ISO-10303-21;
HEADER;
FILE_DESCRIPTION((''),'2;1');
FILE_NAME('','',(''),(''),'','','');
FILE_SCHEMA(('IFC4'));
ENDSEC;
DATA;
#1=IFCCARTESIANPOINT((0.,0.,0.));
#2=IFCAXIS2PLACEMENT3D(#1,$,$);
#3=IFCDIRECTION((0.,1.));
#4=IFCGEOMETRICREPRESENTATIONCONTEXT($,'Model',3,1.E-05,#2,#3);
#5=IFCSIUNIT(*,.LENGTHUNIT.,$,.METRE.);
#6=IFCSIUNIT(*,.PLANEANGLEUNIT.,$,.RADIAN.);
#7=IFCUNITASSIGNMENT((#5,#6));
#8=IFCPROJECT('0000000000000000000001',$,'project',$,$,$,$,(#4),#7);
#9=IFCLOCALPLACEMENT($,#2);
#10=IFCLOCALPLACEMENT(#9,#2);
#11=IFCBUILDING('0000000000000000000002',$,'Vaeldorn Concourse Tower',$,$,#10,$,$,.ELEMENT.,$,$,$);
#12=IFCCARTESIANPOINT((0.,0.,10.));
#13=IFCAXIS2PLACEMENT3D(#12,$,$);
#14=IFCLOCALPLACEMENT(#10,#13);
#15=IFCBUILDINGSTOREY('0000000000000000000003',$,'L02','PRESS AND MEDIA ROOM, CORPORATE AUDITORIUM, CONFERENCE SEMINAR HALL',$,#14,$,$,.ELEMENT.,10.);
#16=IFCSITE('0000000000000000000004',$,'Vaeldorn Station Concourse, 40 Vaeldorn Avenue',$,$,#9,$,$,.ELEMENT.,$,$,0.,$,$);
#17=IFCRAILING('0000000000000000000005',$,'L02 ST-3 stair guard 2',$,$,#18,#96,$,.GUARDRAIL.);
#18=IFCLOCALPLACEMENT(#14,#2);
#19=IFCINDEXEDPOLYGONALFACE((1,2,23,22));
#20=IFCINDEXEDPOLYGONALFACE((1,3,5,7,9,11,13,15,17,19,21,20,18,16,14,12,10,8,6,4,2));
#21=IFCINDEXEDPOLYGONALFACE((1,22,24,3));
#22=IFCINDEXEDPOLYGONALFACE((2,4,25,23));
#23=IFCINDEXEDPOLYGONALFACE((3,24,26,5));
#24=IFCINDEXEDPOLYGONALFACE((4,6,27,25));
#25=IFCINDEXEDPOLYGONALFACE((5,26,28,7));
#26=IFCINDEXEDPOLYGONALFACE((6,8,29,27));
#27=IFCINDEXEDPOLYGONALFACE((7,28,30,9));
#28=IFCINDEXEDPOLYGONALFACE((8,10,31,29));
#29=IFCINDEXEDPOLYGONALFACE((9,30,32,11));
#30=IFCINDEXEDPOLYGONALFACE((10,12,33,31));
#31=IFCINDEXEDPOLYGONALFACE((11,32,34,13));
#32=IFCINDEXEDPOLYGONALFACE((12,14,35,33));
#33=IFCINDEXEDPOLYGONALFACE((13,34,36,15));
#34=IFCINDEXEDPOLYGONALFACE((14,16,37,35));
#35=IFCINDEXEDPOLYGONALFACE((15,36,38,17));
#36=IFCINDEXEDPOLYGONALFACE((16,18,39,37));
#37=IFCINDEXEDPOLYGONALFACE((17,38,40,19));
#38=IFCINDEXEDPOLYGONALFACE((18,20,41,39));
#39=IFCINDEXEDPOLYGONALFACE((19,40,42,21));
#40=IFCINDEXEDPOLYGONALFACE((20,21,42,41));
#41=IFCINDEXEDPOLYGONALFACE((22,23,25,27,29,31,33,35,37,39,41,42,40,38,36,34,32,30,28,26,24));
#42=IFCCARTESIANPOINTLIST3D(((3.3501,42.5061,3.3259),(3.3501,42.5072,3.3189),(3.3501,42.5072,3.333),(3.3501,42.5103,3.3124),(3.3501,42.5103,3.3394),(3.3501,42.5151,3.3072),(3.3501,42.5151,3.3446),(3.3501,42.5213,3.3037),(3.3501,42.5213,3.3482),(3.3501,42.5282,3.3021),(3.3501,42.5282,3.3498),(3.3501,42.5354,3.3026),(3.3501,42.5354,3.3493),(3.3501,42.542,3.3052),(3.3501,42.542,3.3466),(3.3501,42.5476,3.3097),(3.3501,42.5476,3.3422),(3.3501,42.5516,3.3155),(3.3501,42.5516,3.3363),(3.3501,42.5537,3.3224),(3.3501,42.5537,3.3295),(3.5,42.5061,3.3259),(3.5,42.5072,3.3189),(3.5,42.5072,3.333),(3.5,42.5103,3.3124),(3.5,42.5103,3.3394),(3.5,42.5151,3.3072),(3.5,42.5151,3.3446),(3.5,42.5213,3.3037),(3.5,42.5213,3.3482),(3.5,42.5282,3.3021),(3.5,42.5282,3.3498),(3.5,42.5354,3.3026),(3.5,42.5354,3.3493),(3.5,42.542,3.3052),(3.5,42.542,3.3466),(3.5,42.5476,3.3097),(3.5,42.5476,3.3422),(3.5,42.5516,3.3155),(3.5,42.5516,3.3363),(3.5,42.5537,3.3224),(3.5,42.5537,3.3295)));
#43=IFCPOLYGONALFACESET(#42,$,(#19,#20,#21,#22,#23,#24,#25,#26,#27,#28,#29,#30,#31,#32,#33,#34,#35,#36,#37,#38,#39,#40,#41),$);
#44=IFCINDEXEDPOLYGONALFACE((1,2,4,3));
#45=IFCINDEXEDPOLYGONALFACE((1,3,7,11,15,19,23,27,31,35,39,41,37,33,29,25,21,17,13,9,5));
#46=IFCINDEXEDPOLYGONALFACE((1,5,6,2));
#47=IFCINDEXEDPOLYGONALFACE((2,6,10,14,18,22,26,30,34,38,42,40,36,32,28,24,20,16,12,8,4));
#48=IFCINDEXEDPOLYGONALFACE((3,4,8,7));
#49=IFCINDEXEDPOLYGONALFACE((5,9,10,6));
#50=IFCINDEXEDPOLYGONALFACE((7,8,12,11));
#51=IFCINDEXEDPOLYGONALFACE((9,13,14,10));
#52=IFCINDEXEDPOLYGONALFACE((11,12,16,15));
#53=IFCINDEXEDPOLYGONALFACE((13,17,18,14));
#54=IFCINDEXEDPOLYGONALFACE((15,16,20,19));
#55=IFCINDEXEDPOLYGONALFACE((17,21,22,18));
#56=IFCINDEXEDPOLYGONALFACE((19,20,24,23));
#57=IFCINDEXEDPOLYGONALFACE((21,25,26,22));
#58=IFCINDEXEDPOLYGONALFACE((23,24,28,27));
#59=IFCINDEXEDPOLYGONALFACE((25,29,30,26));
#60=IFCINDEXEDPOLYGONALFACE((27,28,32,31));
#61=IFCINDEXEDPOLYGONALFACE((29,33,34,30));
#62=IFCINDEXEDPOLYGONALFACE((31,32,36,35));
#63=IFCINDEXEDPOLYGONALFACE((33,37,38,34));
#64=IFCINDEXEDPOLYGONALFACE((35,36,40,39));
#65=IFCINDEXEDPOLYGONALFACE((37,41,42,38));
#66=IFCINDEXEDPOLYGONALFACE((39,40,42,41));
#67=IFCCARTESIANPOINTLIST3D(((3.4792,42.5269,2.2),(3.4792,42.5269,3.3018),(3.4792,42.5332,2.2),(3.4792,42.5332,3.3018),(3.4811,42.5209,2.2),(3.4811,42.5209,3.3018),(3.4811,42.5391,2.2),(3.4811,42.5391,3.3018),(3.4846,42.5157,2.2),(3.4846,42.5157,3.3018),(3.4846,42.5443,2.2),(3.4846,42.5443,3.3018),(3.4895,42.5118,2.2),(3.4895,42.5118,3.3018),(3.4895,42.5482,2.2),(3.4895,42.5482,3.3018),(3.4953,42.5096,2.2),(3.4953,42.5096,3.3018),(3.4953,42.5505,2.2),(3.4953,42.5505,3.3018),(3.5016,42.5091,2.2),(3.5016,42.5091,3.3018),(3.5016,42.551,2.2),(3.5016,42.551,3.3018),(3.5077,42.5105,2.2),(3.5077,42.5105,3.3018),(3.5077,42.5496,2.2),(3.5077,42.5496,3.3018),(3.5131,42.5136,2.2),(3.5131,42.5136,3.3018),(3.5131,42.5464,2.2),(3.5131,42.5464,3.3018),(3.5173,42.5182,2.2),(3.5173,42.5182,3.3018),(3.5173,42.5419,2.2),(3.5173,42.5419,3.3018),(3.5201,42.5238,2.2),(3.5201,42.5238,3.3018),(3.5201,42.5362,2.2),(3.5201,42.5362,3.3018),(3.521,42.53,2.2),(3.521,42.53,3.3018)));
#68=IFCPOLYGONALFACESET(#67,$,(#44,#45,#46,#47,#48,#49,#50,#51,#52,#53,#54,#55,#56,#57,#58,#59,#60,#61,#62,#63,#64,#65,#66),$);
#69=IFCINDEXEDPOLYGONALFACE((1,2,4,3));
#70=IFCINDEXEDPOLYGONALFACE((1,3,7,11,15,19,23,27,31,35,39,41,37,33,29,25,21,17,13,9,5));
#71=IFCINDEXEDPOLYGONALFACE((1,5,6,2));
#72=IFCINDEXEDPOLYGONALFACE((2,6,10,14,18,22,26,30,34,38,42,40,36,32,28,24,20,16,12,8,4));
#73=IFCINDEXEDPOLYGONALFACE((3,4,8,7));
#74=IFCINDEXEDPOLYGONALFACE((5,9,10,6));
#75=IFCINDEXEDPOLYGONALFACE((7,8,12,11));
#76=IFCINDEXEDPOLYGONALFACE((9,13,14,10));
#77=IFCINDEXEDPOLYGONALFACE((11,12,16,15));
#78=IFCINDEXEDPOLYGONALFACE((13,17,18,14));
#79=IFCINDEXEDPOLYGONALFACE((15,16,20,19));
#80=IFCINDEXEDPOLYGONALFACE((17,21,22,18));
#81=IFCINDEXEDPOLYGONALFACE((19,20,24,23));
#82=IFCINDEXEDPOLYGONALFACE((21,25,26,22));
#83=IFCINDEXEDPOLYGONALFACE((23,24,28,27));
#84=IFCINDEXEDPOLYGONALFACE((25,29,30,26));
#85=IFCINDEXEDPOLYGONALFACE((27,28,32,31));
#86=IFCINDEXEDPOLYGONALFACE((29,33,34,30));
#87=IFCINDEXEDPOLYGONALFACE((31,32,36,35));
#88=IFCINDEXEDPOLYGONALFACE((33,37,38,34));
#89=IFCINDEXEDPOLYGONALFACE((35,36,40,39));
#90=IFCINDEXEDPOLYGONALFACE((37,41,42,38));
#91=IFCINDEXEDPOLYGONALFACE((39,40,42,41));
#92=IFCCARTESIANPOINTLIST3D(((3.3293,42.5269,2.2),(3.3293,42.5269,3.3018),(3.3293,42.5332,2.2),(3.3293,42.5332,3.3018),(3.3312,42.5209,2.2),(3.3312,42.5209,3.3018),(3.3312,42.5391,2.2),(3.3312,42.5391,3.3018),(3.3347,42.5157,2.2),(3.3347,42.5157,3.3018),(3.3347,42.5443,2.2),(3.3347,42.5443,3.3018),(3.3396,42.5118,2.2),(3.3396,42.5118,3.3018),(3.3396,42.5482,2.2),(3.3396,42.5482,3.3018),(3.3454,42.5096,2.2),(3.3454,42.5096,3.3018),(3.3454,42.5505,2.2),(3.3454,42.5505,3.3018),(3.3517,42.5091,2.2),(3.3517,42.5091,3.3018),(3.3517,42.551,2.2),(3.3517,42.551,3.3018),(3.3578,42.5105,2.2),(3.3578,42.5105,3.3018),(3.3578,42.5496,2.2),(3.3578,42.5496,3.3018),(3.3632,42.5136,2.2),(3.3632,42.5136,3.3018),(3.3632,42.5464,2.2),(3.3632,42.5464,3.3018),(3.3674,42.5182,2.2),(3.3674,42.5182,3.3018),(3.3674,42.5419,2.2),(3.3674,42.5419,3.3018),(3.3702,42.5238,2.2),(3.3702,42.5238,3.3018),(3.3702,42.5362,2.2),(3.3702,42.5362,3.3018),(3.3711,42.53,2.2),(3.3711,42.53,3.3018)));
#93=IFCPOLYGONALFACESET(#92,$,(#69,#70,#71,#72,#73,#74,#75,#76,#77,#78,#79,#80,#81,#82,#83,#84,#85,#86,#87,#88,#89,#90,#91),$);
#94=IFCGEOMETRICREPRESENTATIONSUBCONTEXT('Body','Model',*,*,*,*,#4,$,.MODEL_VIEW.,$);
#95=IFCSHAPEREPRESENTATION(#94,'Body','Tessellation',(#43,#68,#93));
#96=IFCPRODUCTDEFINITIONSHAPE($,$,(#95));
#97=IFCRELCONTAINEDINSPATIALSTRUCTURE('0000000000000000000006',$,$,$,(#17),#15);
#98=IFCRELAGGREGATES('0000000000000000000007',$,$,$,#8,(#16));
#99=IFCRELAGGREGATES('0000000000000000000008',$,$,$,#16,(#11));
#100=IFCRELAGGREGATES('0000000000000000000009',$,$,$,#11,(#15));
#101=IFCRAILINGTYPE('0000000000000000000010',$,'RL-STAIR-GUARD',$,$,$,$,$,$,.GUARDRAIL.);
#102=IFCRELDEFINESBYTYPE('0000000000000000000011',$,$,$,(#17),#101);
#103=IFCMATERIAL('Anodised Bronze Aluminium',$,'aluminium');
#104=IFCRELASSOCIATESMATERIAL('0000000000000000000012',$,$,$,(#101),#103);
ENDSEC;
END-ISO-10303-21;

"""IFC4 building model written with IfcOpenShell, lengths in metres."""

from ifc_helpers import new_model, si_unit, direction, frame, origin, origin_2d, place, context, subcontext, project, spatial, circle, extrude, material, type_object, element, save


model = new_model("IFC4")

# Units and contexts
model_context = context("Model", 3, precision=1e-05, world=origin(), true_north=direction((0.0, 1.0)))
body_context = subcontext(model_context, "Body", "Model", "MODEL_VIEW")
ifc_project = project(units=[si_unit("LENGTHUNIT", "METRE"), si_unit("PLANEANGLEUNIT", "RADIAN")], contexts=[model_context])

# Site, building, storey
site_placement = place(None, origin())
site = spatial("IfcSite", under=ifc_project, at=site_placement, Name="Vaeldorn Station Concourse, 40 Vaeldorn Avenue", CompositionType="ELEMENT", RefElevation=0.0)
building_placement = place(site_placement, origin())
building = spatial("IfcBuilding", under=site, at=building_placement, Name="Vaeldorn Concourse Tower", CompositionType="ELEMENT")
storey_placement = place(building_placement, frame((0.0, 0.0, 10.0)))
storey = spatial("IfcBuildingStorey", under=building, at=storey_placement, Name="L02", Description="PRESS AND MEDIA ROOM, CORPORATE AUDITORIUM, CONFERENCE SEMINAR HALL", CompositionType="ELEMENT", Elevation=10.0)

# Shared definitions
ifc_material_1 = material(Name="Anodised Bronze Aluminium", Category="aluminium")

# Railing
railing_type_1 = type_object("IfcRailingType", Name="RL-STAIR-GUARD", PredefinedType="GUARDRAIL", material=ifc_material_1)
railing_1_placement = place(storey_placement, frame((3.5, 42.53, 2.2)))
element("IfcRailing", 1, at=railing_1_placement, inside=storey, type_object=railing_type_1, Name="L02 ST-3 stair guard 2", PredefinedType="GUARDRAIL", context=body_context, shape_type="SweptSolid", body=[
    extrude(circle(Radius=0.0239, at=origin_2d()), frame((0.0, 0.0, 1.126), z_axis=(-1.0, 0.0, 0.0), x_axis=(0.0, -1.0, 0.0)), (0.0, 0.0, 1.0), 0.1499),
    extrude(circle(Radius=0.021, at=origin_2d()), origin(), (0.0, 0.0, 1.0), 1.1018),
    extrude(circle(Radius=0.021, at=origin_2d()), frame((-0.1499, 0.0, 0.0)), (0.0, 0.0, 1.0), 1.1018),
])

save(model, "model.ifc")
